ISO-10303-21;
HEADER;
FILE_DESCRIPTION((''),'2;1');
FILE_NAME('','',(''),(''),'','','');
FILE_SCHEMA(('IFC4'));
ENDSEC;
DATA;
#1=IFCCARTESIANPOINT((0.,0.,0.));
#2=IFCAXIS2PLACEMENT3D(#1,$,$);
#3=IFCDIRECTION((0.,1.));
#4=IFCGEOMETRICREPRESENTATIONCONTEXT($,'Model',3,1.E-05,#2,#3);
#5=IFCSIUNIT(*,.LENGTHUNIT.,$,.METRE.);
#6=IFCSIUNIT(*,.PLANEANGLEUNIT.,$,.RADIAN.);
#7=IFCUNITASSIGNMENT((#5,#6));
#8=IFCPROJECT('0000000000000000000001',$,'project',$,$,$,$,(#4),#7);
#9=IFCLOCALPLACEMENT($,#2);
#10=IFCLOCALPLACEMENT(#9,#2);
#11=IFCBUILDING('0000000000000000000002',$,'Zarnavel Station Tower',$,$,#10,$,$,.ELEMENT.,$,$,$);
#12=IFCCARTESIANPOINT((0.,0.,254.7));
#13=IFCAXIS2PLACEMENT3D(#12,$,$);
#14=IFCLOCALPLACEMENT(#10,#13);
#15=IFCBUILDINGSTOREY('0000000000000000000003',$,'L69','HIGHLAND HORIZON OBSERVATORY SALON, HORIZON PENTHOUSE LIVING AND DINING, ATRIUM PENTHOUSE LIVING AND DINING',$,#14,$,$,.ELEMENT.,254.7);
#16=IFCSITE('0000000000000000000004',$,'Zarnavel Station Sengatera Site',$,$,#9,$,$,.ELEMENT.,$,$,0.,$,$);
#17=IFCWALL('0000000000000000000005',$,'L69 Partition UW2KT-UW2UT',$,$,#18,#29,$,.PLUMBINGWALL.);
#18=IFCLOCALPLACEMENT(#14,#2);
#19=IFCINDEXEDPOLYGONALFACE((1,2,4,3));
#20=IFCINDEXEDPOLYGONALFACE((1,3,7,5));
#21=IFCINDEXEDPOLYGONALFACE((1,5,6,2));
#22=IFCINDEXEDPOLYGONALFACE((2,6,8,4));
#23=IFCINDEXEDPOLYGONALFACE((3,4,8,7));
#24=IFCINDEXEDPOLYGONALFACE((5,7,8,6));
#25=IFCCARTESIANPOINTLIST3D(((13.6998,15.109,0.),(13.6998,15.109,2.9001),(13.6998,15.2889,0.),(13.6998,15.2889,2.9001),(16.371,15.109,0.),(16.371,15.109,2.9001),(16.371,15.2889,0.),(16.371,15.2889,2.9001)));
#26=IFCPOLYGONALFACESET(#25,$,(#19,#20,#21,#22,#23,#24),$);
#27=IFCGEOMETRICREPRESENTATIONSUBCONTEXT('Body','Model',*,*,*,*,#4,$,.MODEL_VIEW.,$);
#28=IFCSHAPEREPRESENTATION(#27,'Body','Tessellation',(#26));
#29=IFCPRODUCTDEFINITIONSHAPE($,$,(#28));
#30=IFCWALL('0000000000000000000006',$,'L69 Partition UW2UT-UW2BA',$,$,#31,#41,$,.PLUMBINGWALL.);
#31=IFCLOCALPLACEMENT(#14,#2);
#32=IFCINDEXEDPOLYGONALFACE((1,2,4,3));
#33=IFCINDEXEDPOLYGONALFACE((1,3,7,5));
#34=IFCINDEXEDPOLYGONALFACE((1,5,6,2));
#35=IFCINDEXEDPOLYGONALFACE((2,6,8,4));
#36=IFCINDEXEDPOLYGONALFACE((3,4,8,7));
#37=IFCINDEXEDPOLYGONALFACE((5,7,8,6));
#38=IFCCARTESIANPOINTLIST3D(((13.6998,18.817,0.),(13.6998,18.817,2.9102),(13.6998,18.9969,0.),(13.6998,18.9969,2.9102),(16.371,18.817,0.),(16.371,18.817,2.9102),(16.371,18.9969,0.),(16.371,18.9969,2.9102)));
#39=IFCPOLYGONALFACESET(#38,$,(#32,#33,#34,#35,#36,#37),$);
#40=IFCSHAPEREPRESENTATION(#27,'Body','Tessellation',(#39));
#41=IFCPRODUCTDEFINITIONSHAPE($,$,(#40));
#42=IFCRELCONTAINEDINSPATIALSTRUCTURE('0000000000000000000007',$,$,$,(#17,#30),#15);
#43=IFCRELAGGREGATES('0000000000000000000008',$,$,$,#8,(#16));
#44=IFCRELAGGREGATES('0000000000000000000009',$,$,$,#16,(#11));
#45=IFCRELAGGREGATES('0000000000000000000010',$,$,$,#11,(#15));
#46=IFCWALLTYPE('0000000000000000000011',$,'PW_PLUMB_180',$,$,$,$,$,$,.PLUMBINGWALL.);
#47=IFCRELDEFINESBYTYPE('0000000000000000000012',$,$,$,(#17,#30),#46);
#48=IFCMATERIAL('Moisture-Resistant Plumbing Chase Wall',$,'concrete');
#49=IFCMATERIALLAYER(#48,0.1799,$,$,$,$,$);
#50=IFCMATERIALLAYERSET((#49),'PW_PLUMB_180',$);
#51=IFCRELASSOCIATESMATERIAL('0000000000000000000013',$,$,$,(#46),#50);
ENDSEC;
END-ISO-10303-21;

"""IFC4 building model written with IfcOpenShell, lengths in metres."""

from ifc_helpers import new_model, si_unit, direction, frame, frame_2d, origin, place, context, subcontext, project, spatial, rectangle, extrude, material, layer, layer_set, type_object, element, save


model = new_model("IFC4")

# Units and contexts
model_context = context("Model", 3, precision=1e-05, world=origin(), true_north=direction((0.0, 1.0)))
body_context = subcontext(model_context, "Body", "Model", "MODEL_VIEW")
ifc_project = project(units=[si_unit("LENGTHUNIT", "METRE"), si_unit("PLANEANGLEUNIT", "RADIAN")], contexts=[model_context])

# Site, building, storey
site_placement = place(None, origin())
site = spatial("IfcSite", under=ifc_project, at=site_placement, Name="Zarnavel Station Sengatera Site", CompositionType="ELEMENT", RefElevation=0.0)
building_placement = place(site_placement, origin())
building = spatial("IfcBuilding", under=site, at=building_placement, Name="Zarnavel Station Tower", CompositionType="ELEMENT")
storey_placement = place(building_placement, frame((0.0, 0.0, 254.7)))
storey = spatial("IfcBuildingStorey", under=building, at=storey_placement, Name="L69", Description="HIGHLAND HORIZON OBSERVATORY SALON, HORIZON PENTHOUSE LIVING AND DINING, ATRIUM PENTHOUSE LIVING AND DINING", CompositionType="ELEMENT", Elevation=254.7)

# Shared definitions
ifc_material_1 = material(Name="Moisture-Resistant Plumbing Chase Wall", Category="concrete")
ifc_layer_1 = layer(ifc_material_1, 0.1799)
ifc_layer_set_1 = layer_set([ifc_layer_1], Name="PW_PLUMB_180")
wall_type_1 = type_object("IfcWallType", Name="PW_PLUMB_180", PredefinedType="PLUMBINGWALL", material=ifc_layer_set_1)

# Walls
wall_1_placement = place(storey_placement, frame((13.7, 15.199, 0.0), z_axis=(0.0, 0.0, 1.0), x_axis=(1.0, 0.0, 0.0)))
element("IfcWall", 1, at=wall_1_placement, inside=storey, type_object=wall_type_1, Name="L69 Partition UW2KT-UW2UT", PredefinedType="PLUMBINGWALL", context=body_context, shape_type="SweptSolid", body=[
    extrude(rectangle(XDim=2.6711, YDim=0.1799, at=frame_2d((1.3354, 0.0))), origin(), (0.0, 0.0, 1.0), 2.9001),
])
wall_2_placement = place(storey_placement, frame((13.7, 18.907, 0.0), z_axis=(0.0, 0.0, 1.0), x_axis=(1.0, 0.0, 0.0)))
element("IfcWall", 2, at=wall_2_placement, inside=storey, type_object=wall_type_1, Name="L69 Partition UW2UT-UW2BA", PredefinedType="PLUMBINGWALL", context=body_context, shape_type="SweptSolid", body=[
    extrude(rectangle(XDim=2.6711, YDim=0.1799, at=frame_2d((1.3354, 0.0))), origin(), (0.0, 0.0, 1.0), 2.9102),
])

save(model, "model.ifc")
